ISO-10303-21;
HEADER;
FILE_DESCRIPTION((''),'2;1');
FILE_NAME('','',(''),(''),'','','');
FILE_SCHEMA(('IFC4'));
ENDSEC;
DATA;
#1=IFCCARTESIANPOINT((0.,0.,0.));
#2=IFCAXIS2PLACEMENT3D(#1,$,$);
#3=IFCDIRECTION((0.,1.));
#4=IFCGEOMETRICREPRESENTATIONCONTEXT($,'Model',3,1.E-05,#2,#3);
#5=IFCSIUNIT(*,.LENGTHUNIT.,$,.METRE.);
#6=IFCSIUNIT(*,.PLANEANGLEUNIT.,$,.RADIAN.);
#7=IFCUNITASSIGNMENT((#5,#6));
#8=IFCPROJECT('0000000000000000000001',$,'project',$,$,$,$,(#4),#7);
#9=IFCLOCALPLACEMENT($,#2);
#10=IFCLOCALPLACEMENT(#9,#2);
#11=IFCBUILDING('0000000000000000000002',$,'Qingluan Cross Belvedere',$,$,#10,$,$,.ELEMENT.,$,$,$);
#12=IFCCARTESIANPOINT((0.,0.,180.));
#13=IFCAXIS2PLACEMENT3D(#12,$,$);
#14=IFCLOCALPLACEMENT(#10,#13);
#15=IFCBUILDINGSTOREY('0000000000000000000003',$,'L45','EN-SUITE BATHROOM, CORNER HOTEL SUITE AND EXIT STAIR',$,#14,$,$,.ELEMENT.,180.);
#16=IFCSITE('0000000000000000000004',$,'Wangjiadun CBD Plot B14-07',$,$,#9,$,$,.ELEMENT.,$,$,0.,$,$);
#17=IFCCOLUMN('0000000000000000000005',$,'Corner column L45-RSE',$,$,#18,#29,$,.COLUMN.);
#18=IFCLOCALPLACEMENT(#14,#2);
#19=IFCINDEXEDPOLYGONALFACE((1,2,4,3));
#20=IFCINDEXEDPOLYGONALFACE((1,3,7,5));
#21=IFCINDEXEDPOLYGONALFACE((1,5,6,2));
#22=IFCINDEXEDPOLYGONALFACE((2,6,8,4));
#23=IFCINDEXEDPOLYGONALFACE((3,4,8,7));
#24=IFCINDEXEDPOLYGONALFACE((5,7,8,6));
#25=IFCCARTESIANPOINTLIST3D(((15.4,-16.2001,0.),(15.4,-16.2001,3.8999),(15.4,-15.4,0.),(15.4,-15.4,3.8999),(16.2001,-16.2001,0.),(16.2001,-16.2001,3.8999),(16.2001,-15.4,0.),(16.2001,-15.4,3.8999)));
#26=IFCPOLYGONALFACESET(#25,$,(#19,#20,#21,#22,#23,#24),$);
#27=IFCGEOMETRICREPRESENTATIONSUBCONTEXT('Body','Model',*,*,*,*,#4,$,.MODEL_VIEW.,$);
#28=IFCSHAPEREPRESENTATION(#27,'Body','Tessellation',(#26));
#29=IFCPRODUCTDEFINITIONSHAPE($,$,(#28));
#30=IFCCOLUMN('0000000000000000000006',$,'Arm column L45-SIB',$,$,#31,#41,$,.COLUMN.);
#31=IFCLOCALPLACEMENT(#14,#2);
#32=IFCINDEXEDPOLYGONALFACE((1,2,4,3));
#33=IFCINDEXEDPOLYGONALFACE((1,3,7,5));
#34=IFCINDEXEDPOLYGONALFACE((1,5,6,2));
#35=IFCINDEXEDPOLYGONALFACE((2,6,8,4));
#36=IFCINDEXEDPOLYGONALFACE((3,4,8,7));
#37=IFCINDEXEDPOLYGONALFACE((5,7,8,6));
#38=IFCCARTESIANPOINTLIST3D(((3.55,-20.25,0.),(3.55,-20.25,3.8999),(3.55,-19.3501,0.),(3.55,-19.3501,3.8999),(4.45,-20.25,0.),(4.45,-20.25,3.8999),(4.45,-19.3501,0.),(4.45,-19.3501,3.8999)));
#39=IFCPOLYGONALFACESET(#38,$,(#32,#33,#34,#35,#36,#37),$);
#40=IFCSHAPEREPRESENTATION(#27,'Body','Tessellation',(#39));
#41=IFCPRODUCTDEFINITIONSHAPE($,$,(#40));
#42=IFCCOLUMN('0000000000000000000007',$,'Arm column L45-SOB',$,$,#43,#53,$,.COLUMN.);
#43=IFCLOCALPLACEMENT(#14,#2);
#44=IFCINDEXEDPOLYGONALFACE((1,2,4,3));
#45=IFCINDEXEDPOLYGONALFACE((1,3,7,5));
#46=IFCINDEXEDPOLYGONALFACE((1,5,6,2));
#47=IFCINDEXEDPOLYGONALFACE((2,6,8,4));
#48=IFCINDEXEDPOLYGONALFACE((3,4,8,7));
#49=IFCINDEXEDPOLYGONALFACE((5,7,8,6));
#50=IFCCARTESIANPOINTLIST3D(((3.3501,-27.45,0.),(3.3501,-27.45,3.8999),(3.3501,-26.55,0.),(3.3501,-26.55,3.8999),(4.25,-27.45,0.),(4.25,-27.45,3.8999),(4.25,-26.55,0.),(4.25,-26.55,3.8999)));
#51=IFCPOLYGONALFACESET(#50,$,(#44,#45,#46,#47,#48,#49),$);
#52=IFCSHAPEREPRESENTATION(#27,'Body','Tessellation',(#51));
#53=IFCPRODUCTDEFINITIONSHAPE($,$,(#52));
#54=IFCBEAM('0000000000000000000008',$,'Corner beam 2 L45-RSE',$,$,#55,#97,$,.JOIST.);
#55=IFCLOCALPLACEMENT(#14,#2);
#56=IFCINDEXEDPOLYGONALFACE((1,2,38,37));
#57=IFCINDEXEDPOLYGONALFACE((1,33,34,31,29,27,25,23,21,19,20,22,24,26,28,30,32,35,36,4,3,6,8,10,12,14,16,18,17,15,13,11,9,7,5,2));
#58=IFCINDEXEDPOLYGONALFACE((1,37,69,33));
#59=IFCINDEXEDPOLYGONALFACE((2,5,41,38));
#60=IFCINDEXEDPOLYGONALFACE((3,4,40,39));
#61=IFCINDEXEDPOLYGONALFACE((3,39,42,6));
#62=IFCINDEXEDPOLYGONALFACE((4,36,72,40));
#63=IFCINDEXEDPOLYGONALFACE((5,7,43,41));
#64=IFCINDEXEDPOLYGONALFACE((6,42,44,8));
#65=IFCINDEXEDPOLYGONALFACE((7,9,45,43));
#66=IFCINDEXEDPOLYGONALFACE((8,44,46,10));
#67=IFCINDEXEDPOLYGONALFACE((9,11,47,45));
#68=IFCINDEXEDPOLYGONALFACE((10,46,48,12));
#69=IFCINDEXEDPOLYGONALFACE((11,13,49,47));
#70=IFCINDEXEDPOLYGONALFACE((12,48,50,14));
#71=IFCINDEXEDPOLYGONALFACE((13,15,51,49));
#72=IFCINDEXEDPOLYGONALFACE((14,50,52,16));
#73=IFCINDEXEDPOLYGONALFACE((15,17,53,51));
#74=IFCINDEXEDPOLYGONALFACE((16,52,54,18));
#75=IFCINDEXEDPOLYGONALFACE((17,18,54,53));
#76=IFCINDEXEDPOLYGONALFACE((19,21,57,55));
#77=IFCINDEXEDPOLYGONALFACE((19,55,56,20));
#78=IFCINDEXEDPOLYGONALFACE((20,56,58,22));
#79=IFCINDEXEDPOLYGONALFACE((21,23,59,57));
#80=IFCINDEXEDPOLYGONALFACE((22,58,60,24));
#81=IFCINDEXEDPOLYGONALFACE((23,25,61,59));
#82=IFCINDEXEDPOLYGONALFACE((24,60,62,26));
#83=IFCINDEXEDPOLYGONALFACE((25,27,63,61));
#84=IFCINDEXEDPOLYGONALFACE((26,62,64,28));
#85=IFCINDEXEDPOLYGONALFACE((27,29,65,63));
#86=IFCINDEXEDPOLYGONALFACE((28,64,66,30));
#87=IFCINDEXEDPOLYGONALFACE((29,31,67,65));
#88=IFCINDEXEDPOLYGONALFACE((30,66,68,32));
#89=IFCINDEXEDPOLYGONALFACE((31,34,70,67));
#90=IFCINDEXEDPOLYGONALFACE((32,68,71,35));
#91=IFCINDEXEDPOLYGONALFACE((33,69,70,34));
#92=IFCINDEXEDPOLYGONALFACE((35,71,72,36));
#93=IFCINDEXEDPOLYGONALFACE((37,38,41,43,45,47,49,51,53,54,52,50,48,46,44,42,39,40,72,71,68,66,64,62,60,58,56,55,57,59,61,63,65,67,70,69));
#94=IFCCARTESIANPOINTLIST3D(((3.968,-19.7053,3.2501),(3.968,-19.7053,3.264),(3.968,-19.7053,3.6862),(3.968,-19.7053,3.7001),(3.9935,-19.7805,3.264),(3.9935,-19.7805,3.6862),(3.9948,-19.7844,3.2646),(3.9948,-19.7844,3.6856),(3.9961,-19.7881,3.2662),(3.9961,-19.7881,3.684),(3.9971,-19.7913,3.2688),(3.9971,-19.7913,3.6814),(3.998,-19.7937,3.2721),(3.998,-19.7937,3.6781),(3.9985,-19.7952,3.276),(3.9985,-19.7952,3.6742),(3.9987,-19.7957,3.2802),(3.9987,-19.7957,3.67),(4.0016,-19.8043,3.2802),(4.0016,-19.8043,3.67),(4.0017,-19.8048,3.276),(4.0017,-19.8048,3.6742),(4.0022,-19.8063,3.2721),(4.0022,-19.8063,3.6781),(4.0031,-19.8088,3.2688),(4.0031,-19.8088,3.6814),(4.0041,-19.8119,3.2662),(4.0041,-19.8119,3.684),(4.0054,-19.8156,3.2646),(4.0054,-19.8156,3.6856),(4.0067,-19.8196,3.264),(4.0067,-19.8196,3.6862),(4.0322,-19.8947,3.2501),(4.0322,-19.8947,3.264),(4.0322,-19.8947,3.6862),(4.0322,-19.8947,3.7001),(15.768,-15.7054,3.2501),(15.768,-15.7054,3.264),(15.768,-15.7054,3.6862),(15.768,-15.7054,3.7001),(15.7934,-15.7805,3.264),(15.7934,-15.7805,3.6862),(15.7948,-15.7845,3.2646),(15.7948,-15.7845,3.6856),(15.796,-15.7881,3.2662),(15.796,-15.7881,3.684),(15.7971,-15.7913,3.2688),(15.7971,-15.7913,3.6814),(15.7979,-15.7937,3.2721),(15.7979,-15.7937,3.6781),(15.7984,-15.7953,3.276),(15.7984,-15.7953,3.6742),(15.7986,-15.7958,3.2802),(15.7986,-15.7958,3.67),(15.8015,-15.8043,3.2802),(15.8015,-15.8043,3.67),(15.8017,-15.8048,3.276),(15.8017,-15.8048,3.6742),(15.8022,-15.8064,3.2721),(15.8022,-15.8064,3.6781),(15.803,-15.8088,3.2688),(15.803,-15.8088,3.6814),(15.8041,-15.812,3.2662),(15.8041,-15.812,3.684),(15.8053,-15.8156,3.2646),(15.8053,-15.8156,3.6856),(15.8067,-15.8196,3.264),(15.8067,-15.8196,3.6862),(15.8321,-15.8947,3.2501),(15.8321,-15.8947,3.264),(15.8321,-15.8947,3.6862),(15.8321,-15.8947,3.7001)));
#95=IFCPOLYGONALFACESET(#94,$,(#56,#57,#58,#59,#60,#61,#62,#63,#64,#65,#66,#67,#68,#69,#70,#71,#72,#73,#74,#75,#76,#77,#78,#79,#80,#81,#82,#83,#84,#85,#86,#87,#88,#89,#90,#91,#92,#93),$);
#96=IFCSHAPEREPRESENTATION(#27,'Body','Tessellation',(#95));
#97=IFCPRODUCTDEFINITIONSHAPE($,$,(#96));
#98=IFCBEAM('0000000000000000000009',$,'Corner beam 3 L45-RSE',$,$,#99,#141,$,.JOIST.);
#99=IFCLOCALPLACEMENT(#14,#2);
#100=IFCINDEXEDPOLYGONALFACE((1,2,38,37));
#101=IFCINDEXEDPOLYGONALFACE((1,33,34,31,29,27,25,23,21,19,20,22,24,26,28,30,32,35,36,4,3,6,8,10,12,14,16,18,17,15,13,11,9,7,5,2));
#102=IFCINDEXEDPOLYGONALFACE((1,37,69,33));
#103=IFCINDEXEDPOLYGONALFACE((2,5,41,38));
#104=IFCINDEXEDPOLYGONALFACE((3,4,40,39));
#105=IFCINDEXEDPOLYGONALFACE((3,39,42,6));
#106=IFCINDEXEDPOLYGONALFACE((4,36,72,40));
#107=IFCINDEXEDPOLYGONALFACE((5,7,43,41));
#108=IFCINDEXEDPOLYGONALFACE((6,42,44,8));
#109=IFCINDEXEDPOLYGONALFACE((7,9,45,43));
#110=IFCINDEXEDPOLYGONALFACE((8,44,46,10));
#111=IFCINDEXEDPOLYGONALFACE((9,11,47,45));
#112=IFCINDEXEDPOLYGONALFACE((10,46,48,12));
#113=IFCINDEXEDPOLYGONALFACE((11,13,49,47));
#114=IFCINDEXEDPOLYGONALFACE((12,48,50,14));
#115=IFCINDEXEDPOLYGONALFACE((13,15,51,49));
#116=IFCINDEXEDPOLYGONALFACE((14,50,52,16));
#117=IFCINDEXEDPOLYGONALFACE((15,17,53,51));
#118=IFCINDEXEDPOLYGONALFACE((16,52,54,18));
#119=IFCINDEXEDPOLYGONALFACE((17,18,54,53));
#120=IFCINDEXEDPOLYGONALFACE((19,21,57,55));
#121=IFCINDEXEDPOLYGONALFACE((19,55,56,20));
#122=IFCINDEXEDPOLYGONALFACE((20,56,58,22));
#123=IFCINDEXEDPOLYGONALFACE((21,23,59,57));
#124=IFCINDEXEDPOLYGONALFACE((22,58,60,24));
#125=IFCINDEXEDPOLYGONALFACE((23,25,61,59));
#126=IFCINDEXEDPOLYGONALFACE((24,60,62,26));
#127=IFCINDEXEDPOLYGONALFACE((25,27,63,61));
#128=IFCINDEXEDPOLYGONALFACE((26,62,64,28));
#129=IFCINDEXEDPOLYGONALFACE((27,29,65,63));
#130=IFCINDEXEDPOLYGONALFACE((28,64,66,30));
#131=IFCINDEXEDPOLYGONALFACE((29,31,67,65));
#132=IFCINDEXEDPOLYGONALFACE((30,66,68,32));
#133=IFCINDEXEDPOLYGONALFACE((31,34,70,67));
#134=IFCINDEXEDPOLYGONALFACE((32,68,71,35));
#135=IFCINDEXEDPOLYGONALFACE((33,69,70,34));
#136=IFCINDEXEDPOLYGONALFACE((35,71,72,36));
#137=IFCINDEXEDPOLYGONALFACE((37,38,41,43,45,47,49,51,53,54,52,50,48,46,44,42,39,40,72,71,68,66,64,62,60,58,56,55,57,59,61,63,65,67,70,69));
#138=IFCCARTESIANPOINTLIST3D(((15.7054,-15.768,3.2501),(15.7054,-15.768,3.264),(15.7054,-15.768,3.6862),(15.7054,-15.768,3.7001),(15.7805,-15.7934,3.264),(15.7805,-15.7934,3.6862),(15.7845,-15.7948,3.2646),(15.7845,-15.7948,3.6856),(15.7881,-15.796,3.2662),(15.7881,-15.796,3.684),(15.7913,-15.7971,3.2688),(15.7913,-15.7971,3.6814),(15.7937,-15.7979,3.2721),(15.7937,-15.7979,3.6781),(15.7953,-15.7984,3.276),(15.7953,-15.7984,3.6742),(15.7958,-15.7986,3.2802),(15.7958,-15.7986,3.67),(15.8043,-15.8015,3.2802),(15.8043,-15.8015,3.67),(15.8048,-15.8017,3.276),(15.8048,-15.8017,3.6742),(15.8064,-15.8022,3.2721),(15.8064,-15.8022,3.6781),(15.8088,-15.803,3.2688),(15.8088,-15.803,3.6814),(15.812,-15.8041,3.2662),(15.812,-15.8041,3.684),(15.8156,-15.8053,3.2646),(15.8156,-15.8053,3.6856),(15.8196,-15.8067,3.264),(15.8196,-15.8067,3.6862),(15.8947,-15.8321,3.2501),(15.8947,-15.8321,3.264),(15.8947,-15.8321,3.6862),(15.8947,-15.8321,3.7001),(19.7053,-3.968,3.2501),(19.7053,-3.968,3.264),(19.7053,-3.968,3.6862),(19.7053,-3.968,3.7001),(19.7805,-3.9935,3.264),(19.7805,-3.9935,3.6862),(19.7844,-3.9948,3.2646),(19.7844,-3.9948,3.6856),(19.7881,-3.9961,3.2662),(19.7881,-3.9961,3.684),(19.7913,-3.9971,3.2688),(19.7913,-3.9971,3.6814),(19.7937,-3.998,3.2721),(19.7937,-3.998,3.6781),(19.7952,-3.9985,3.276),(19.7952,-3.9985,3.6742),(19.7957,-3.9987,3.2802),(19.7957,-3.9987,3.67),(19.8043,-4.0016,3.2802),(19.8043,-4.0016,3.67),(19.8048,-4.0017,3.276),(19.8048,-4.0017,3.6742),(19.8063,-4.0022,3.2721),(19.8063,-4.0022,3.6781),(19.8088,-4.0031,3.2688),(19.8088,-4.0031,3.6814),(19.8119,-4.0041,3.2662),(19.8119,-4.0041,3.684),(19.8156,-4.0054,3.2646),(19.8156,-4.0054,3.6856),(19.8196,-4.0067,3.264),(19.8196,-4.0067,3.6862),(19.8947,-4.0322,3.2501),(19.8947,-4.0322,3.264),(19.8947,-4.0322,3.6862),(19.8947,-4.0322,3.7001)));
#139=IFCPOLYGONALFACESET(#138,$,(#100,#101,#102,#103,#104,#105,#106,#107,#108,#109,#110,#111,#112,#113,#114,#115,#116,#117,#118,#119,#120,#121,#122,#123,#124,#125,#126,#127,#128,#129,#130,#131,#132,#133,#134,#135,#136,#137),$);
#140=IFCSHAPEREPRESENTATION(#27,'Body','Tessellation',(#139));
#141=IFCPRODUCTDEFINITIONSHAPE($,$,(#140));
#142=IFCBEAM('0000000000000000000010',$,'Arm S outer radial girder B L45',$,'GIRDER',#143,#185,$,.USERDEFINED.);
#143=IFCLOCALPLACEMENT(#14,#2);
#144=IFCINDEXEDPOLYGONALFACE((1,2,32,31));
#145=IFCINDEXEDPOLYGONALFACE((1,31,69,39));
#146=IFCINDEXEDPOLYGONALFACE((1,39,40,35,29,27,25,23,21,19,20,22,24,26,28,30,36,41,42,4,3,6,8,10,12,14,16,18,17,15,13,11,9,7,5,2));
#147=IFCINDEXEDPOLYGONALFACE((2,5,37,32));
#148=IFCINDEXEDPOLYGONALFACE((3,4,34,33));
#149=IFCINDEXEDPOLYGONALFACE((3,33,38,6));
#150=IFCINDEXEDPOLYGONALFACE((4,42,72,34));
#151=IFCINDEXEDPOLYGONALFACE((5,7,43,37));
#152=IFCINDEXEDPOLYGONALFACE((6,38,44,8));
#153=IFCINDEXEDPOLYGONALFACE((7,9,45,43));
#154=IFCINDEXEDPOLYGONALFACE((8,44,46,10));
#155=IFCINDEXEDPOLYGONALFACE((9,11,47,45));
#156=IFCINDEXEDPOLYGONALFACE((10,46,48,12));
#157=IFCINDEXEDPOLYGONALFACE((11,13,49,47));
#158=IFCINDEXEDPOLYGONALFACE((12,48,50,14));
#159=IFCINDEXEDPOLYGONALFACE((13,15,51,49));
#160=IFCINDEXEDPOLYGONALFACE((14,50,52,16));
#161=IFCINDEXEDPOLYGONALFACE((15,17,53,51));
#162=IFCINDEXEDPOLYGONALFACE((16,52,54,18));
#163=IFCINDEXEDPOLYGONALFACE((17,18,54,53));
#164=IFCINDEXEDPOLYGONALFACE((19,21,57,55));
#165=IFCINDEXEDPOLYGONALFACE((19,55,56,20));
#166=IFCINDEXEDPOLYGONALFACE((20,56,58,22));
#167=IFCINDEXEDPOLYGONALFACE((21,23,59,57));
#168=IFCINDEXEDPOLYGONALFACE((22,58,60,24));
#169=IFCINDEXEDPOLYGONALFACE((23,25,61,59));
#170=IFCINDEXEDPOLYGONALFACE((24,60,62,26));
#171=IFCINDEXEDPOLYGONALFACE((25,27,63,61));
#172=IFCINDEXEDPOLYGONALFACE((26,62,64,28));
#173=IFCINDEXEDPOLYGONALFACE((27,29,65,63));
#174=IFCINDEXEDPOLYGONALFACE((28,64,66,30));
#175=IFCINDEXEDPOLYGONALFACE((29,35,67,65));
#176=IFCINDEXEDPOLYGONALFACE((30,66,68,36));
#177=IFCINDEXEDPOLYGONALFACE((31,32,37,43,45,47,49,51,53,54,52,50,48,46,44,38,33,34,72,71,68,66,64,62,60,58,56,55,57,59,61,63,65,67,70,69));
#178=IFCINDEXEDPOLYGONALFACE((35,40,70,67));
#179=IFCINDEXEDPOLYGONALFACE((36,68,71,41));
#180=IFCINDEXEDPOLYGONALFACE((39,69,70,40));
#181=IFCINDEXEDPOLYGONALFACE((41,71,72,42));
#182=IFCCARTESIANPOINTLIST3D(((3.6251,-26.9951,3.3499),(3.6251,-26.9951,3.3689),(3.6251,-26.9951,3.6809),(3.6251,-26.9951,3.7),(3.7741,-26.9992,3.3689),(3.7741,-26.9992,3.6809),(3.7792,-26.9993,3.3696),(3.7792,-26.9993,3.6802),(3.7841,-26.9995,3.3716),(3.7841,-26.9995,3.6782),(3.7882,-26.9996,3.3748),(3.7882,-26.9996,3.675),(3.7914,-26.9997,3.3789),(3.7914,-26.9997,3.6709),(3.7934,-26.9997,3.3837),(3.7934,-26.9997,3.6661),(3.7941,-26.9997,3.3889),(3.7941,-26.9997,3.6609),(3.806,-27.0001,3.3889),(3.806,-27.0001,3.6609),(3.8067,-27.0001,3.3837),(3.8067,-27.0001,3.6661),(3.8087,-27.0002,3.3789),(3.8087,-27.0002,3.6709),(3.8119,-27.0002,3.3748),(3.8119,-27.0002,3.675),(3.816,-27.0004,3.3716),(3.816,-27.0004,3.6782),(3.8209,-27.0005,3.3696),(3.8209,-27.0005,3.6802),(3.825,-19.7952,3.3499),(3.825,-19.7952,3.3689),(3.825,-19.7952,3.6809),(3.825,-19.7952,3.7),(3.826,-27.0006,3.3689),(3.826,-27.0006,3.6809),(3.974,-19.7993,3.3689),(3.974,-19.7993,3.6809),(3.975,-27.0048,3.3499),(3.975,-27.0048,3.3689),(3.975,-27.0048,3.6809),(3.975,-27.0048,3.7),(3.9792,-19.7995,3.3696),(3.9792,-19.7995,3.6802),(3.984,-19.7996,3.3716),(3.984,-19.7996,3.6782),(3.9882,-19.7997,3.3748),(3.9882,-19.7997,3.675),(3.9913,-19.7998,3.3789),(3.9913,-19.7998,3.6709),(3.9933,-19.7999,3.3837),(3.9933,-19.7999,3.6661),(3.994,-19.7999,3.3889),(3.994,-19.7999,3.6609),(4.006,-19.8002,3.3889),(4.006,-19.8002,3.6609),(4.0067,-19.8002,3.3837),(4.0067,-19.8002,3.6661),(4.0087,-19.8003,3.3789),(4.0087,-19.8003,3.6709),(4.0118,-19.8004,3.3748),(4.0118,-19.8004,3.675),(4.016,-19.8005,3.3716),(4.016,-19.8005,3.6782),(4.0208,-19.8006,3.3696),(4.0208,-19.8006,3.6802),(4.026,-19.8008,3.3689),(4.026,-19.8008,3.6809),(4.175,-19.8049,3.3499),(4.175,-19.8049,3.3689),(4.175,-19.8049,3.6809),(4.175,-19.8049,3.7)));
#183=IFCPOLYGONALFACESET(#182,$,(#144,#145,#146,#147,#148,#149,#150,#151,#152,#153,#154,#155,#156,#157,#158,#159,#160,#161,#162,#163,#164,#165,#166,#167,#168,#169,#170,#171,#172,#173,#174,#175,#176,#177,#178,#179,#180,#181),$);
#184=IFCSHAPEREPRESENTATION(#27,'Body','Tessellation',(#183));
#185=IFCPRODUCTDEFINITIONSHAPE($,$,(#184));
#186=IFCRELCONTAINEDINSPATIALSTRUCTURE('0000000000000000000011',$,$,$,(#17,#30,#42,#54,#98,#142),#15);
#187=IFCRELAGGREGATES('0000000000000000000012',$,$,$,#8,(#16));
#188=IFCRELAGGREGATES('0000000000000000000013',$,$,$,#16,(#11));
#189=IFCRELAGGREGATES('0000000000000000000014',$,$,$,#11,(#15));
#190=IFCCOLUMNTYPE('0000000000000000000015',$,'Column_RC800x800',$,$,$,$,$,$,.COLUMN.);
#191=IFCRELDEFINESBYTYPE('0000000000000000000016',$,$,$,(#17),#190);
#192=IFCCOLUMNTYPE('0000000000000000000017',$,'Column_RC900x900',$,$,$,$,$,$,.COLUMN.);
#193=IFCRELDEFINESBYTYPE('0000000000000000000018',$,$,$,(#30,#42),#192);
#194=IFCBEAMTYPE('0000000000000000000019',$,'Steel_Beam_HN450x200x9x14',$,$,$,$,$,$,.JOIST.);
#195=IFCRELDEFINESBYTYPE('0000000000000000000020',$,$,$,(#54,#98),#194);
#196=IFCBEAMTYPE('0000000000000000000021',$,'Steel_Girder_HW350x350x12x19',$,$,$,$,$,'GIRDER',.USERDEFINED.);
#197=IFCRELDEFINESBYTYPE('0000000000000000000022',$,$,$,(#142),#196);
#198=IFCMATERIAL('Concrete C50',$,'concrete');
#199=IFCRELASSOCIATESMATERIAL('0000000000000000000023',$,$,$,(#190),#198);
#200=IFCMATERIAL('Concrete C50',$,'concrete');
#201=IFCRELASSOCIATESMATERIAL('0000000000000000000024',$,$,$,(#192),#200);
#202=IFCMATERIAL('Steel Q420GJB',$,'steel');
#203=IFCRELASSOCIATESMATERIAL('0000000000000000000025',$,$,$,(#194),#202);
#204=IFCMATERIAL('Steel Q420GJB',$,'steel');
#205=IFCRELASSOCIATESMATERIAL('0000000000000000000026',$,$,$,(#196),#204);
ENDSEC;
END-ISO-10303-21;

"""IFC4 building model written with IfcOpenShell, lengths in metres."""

from ifc_helpers import new_model, si_unit, direction, frame, origin, origin_2d, place, context, subcontext, project, spatial, rectangle, i_section, extrude, material, material_profile, profile_set, type_object, element, save


model = new_model("IFC4")

# Units and contexts
model_context = context("Model", 3, precision=1e-05, world=origin(), true_north=direction((0.0, 1.0)))
body_context = subcontext(model_context, "Body", "Model", "MODEL_VIEW")
ifc_project = project(units=[si_unit("LENGTHUNIT", "METRE"), si_unit("PLANEANGLEUNIT", "RADIAN")], contexts=[model_context])

# Site, building, storey
site_placement = place(None, origin())
site = spatial("IfcSite", under=ifc_project, at=site_placement, Name="Wangjiadun CBD Plot B14-07", CompositionType="ELEMENT", RefElevation=0.0)
building_placement = place(site_placement, origin())
building = spatial("IfcBuilding", under=site, at=building_placement, Name="Qingluan Cross Belvedere", CompositionType="ELEMENT")
storey_placement = place(building_placement, frame((0.0, 0.0, 180.0)))
storey = spatial("IfcBuildingStorey", under=building, at=storey_placement, Name="L45", Description="EN-SUITE BATHROOM, CORNER HOTEL SUITE AND EXIT STAIR", CompositionType="ELEMENT", Elevation=180.0)

# Columns
ifc_material_1 = material(Name="Concrete C50", Category="concrete")
ifc_material_profile_1 = material_profile(ifc_material_1, rectangle(XDim=0.8, YDim=0.8, at=origin_2d()), Name="RC800x800")
ifc_profile_set_1 = profile_set([ifc_material_profile_1], Name="Concrete C50")
column_type_1 = type_object("IfcColumnType", Name="Column_RC800x800", PredefinedType="COLUMN", material=ifc_profile_set_1)
column_placement = place(storey_placement, frame((15.8, -15.8, 0.0), z_axis=(0.0, 0.0, 1.0), x_axis=(1.0, 0.0, 0.0)))
element("IfcColumn", 1, at=column_placement, inside=storey, type_object=column_type_1, Name="Corner column L45-RSE", PredefinedType="COLUMN", context=body_context, shape_type="SweptSolid", body=[
    extrude(rectangle(XDim=0.8, YDim=0.8, at=origin_2d()), origin(), (0.0, 0.0, 1.0), 3.8999),
])
ifc_material_2 = material(Name="Concrete C50", Category="concrete")
ifc_material_profile_2 = material_profile(ifc_material_2, rectangle(XDim=0.8999, YDim=0.8999, at=origin_2d()), Name="RC900x900")
ifc_profile_set_2 = profile_set([ifc_material_profile_2], Name="Concrete C50")
column_type_2 = type_object("IfcColumnType", Name="Column_RC900x900", PredefinedType="COLUMN", material=ifc_profile_set_2)
for number, where, z_axis, x_axis, name in (
    (2, (4.0, -19.8, 0.0), (0.0, 0.0, 1.0), (1.0, 0.0, 0.0), "Arm column L45-SIB"),
    (3, (3.8, -27.0, 0.0), (0.0, 0.0, 1.0), (1.0, 0.0, 0.0), "Arm column L45-SOB"),
):
    element("IfcColumn", number, at=place(storey_placement, frame(where, z_axis=z_axis, x_axis=x_axis)), inside=storey, type_object=column_type_2, Name=name, PredefinedType="COLUMN", context=body_context, shape_type="SweptSolid", body=[
        extrude(rectangle(XDim=0.8999, YDim=0.8999, at=origin_2d()), origin(), (0.0, 0.0, 1.0), 3.8999),
    ])

# Beams
ifc_material_3 = material(Name="Steel Q420GJB", Category="steel")
ifc_material_profile_3 = material_profile(ifc_material_3, i_section(OverallWidth=0.2, OverallDepth=0.45, WebThickness=0.009, FlangeThickness=0.0139, FilletRadius=0.0161, at=origin_2d()), Name="HN450x200x9x14")
ifc_profile_set_3 = profile_set([ifc_material_profile_3], Name="Steel Q420GJB")
beam_type_1 = type_object("IfcBeamType", Name="Steel_Beam_HN450x200x9x14", PredefinedType="JOIST", material=ifc_profile_set_3)
for number, where, z_axis, x_axis, name in (
    (4, (15.8, -15.8, 3.4751), (-0.947066, -0.321038, 0.0), (0.321038, -0.947066, 0.0), "Corner beam 2 L45-RSE"),
    (5, (15.8, -15.8, 3.4751), (0.321038, 0.947066, 0.0), (-0.947066, 0.321038, 0.0), "Corner beam 3 L45-RSE"),
):
    element("IfcBeam", number, at=place(storey_placement, frame(where, z_axis=z_axis, x_axis=x_axis)), inside=storey, type_object=beam_type_1, Name=name, PredefinedType="JOIST", context=body_context, shape_type="SweptSolid", body=[
        extrude(i_section(OverallWidth=0.2, OverallDepth=0.45, WebThickness=0.009, FlangeThickness=0.0139, FilletRadius=0.0161, at=origin_2d()), origin(), (0.0, 0.0, 1.0), 12.4595),
    ])
ifc_material_4 = material(Name="Steel Q420GJB", Category="steel")
ifc_material_profile_4 = material_profile(ifc_material_4, i_section(OverallWidth=0.3501, OverallDepth=0.3501, WebThickness=0.012, FlangeThickness=0.019, FilletRadius=0.02, at=origin_2d()), Name="HW350x350x12x19")
ifc_profile_set_4 = profile_set([ifc_material_profile_4], Name="Steel Q420GJB")
beam_type_2 = type_object("IfcBeamType", Name="Steel_Girder_HW350x350x12x19", ElementType="GIRDER", PredefinedType="USERDEFINED", material=ifc_profile_set_4)
beam_placement = place(storey_placement, frame((4.0, -19.8, 3.5249), z_axis=(-0.02776, -0.999615, 0.0), x_axis=(0.999615, -0.02776, 0.0)))
element("IfcBeam", 6, at=beam_placement, inside=storey, type_object=beam_type_2, Name="Arm S outer radial girder B L45", ObjectType="GIRDER", PredefinedType="USERDEFINED", context=body_context, shape_type="SweptSolid", body=[
    extrude(i_section(OverallWidth=0.3501, OverallDepth=0.3501, WebThickness=0.012, FlangeThickness=0.019, FilletRadius=0.02, at=origin_2d()), origin(), (0.0, 0.0, 1.0), 7.2026),
])

save(model, "model.ifc")
